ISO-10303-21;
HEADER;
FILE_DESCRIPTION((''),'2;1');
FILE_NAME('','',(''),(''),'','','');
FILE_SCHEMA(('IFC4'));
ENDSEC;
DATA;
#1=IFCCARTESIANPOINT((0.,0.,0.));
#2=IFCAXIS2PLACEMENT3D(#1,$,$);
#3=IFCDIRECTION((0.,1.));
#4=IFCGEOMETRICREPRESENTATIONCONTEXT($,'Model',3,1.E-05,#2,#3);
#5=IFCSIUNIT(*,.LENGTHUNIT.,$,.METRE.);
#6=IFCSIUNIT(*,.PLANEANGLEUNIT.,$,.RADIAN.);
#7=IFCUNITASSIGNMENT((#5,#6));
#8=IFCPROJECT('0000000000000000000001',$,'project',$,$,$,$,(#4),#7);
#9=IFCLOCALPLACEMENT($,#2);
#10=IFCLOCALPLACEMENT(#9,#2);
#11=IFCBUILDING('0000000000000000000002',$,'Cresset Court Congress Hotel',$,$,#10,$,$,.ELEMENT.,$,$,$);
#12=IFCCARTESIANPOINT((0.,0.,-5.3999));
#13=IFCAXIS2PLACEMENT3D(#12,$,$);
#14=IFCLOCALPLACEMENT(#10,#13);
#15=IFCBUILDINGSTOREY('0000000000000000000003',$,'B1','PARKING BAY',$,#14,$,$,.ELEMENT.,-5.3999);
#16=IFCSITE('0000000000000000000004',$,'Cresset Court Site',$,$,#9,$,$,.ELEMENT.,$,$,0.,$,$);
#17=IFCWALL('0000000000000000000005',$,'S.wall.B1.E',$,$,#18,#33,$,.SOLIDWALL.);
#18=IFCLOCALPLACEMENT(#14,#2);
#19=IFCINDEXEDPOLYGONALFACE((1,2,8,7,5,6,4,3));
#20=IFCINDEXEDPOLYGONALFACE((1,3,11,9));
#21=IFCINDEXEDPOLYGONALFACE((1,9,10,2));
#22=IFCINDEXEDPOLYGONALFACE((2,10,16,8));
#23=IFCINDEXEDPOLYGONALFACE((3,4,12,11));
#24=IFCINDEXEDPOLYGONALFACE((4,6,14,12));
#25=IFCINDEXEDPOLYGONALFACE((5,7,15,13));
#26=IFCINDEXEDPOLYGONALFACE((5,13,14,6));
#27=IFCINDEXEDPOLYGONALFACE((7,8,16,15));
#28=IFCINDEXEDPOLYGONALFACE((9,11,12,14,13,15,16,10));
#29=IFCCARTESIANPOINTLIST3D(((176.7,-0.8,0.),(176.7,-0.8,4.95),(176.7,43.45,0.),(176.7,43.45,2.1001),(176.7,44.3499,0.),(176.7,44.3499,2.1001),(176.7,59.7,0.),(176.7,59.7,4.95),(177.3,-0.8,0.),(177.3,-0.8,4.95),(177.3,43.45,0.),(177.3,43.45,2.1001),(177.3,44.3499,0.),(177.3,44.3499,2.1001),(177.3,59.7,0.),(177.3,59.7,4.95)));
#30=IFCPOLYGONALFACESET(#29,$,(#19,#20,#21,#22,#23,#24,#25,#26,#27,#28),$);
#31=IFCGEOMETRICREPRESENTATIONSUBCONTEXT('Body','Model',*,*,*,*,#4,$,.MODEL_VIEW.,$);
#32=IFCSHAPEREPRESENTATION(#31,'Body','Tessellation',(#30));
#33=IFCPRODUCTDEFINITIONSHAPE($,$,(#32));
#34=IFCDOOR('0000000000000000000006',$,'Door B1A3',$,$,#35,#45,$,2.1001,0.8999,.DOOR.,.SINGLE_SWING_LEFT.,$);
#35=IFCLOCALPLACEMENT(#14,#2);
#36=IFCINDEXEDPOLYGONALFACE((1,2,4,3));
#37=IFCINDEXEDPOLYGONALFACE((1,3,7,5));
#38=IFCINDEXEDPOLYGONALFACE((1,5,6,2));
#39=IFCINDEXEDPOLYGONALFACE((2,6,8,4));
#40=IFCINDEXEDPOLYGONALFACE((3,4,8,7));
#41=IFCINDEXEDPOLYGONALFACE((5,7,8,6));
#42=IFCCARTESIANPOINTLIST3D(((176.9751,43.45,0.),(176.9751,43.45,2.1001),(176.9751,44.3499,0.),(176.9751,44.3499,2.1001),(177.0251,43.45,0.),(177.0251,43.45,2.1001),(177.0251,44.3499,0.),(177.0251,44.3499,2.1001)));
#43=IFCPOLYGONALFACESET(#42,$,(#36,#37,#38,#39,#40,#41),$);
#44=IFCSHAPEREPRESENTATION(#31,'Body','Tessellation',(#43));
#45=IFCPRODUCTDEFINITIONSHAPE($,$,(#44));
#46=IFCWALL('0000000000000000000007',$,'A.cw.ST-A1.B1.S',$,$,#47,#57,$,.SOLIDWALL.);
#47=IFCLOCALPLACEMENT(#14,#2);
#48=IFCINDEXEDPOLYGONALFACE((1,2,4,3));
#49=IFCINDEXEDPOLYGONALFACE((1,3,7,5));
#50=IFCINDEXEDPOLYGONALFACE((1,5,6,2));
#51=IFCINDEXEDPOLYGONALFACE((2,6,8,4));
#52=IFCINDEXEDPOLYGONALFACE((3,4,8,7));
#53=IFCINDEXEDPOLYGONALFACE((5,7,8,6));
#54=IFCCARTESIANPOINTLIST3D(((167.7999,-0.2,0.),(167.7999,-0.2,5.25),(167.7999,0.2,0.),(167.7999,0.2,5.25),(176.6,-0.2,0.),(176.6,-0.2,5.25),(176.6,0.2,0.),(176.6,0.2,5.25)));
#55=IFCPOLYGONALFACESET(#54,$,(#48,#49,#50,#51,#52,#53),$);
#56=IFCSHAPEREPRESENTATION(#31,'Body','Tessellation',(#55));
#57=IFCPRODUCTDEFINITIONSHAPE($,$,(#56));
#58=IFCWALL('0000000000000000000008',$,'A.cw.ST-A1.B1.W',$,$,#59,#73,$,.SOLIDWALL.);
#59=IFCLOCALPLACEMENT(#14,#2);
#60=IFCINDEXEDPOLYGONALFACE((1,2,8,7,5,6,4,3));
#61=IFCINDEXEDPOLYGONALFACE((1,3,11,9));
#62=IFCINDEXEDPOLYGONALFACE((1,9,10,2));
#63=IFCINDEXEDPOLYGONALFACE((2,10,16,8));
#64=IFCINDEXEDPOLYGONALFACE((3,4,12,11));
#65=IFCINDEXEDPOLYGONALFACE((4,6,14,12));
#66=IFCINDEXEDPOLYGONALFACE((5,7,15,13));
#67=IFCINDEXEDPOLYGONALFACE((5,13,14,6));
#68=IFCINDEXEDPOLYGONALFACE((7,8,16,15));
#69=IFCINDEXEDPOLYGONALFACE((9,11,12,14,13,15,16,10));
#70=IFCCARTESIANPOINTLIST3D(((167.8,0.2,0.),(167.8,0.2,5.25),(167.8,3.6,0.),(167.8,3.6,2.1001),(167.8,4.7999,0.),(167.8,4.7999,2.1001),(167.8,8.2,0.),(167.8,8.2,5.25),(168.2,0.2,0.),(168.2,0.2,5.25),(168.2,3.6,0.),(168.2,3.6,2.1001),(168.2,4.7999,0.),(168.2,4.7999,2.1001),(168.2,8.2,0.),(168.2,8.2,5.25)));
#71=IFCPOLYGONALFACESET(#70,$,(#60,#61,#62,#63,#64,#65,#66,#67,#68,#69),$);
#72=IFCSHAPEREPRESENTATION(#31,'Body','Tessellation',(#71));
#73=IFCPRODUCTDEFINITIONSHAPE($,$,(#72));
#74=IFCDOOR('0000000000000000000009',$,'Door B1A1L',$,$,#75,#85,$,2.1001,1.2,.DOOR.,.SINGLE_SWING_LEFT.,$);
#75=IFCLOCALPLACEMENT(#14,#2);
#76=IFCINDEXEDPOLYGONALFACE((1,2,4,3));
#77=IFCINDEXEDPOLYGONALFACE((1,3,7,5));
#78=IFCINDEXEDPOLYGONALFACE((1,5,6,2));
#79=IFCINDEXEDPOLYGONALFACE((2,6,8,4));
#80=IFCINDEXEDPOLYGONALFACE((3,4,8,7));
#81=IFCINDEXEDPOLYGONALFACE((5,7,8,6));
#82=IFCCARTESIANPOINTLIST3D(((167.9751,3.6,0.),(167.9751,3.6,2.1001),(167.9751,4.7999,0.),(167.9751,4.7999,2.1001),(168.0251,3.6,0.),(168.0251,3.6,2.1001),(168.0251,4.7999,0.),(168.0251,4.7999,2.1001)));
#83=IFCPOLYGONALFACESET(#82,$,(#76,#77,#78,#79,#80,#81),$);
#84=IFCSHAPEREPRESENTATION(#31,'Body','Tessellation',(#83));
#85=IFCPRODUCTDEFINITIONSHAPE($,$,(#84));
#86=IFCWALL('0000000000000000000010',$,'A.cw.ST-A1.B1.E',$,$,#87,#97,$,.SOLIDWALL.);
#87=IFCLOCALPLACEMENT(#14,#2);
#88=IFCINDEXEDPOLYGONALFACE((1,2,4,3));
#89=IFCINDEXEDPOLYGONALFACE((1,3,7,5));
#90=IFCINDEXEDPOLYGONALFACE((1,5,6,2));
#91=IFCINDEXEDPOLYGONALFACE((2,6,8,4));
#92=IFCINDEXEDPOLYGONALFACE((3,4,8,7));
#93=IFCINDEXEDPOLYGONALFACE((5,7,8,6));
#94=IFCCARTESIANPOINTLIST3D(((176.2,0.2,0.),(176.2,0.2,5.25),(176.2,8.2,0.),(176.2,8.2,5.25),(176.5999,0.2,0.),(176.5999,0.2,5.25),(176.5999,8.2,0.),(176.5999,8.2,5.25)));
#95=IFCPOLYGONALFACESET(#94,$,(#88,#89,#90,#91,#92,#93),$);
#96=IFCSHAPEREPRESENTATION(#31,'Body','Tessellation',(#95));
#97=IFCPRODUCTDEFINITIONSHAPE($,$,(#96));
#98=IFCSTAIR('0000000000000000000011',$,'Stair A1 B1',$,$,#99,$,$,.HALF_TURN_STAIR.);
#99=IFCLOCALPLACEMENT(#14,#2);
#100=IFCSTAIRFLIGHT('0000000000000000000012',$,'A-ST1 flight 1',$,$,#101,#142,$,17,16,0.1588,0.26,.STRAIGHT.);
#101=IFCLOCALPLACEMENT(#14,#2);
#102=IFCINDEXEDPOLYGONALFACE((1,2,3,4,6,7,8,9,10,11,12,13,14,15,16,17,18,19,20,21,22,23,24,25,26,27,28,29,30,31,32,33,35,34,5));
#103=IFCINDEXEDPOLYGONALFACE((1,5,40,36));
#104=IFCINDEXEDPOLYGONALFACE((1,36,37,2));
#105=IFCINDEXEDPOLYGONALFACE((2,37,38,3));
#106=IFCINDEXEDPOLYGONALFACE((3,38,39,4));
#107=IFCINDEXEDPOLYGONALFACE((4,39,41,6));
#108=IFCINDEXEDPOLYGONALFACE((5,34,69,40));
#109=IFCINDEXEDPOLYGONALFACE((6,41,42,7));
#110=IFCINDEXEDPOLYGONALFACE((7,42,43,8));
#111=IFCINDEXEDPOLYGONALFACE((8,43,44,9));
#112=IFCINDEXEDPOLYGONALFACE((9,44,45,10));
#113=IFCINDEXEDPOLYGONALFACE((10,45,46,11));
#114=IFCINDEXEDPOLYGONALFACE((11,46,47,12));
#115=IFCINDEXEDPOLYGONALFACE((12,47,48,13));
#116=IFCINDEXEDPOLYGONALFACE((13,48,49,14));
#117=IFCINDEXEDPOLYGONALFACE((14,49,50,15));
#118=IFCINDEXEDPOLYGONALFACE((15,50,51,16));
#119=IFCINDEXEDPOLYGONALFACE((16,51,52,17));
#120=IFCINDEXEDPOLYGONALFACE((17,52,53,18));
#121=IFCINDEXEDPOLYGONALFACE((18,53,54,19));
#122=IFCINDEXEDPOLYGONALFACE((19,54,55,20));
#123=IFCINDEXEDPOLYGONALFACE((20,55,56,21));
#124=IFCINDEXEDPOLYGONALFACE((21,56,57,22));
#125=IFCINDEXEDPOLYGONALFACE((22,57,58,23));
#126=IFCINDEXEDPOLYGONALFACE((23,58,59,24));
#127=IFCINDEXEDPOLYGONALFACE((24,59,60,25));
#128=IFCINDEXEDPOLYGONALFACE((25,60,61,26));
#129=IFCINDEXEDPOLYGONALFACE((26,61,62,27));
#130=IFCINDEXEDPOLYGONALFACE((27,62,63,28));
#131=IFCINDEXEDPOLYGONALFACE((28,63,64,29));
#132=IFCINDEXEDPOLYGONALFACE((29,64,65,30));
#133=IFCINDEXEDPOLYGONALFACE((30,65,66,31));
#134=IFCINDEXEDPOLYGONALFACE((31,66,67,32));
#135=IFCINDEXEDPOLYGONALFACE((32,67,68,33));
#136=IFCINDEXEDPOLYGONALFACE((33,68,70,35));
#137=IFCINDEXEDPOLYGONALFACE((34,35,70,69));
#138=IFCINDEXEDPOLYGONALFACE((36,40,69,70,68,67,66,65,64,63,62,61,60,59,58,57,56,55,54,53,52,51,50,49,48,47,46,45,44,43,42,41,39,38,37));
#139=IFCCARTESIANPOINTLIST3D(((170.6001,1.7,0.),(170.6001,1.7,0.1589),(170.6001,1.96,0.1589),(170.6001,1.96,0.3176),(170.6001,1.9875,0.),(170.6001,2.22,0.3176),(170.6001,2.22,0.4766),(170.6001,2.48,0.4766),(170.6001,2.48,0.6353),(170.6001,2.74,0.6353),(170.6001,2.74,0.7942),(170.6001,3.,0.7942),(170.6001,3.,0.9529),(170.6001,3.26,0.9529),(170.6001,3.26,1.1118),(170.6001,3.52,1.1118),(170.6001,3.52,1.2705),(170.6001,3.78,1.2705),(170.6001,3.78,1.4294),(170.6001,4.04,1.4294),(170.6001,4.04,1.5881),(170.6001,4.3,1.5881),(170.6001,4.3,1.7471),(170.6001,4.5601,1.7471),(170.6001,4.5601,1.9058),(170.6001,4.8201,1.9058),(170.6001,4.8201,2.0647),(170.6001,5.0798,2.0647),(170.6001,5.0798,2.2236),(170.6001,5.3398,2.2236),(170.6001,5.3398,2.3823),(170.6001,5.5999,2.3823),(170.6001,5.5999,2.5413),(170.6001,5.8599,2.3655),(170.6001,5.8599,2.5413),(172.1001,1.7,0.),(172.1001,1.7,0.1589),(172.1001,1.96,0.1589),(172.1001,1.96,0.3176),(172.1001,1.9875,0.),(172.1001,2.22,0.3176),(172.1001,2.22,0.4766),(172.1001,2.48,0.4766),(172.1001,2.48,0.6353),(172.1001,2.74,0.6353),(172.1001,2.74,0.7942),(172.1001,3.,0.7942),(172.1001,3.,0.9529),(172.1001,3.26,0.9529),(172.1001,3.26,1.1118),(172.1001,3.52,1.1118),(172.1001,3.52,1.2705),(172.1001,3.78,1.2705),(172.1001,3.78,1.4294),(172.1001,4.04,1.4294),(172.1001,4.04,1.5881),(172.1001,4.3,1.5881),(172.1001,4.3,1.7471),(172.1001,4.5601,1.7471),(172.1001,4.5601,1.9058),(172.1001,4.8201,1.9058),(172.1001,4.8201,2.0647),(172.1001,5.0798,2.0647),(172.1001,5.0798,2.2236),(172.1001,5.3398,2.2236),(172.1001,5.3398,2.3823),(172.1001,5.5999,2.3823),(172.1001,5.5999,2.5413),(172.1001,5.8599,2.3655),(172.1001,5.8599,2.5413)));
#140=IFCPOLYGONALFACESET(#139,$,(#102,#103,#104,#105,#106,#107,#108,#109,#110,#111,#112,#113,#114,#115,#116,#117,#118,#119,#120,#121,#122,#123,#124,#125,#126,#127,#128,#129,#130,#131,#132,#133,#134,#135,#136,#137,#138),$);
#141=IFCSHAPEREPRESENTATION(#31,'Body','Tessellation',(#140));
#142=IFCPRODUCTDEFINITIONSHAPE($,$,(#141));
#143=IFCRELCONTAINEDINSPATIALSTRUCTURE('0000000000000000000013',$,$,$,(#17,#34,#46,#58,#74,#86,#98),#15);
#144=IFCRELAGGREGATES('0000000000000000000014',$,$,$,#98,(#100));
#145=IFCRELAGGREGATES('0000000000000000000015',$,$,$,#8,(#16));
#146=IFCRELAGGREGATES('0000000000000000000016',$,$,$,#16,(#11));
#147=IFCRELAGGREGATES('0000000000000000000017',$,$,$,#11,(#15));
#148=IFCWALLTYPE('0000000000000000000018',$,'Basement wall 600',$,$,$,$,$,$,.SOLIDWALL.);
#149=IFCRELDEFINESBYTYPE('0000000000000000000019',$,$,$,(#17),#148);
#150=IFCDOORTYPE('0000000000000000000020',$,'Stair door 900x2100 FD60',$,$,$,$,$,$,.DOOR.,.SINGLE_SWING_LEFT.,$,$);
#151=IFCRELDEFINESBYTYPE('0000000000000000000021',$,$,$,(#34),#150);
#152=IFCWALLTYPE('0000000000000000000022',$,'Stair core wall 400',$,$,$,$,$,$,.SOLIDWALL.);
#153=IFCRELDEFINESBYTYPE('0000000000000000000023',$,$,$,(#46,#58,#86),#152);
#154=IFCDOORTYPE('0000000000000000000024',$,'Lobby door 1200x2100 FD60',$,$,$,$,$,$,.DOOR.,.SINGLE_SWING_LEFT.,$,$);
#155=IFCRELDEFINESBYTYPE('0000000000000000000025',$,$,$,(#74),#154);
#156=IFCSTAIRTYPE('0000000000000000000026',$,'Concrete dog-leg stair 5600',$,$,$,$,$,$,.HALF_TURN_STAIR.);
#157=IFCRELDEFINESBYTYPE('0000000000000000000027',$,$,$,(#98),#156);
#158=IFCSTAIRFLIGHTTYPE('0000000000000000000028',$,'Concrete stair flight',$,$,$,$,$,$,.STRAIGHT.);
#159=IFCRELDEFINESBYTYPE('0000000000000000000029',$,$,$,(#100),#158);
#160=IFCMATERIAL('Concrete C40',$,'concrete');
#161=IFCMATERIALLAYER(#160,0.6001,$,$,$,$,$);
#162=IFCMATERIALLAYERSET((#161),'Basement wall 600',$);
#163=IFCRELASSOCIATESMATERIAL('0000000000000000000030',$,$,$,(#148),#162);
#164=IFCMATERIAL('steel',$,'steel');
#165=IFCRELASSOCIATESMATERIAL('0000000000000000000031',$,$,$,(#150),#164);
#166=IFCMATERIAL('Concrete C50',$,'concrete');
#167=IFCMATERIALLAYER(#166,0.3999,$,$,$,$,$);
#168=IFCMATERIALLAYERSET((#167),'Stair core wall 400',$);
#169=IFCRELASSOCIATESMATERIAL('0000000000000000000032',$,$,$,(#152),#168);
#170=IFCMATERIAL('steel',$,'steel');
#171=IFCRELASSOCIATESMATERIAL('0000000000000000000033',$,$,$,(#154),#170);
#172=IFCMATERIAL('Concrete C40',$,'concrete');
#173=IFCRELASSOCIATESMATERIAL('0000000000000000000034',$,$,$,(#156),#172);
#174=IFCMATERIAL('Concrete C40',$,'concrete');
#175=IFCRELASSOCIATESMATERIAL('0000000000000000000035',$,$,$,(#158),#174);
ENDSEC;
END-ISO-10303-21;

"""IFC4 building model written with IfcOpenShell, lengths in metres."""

from ifc_helpers import new_model, si_unit, direction, frame, frame_2d, origin, place, context, subcontext, project, spatial, polyline, rectangle, outline, extrude, material, layer, layer_set, type_object, element, fill, aggregate, save


model = new_model("IFC4")

# Units and contexts
model_context = context("Model", 3, precision=1e-05, world=origin(), true_north=direction((0.0, 1.0)))
body_context = subcontext(model_context, "Body", "Model", "MODEL_VIEW")
ifc_project = project(units=[si_unit("LENGTHUNIT", "METRE"), si_unit("PLANEANGLEUNIT", "RADIAN")], contexts=[model_context])

# Site, building, storey
site_placement = place(None, origin())
site = spatial("IfcSite", under=ifc_project, at=site_placement, Name="Cresset Court Site", CompositionType="ELEMENT", RefElevation=0.0)
building_placement = place(site_placement, origin())
building = spatial("IfcBuilding", under=site, at=building_placement, Name="Cresset Court Congress Hotel", CompositionType="ELEMENT")
storey_placement = place(building_placement, frame((0.0, 0.0, -5.3999)))
storey = spatial("IfcBuildingStorey", under=building, at=storey_placement, Name="B1", Description="PARKING BAY", CompositionType="ELEMENT", Elevation=-5.3999)

# Wall, opening, door
ifc_material_1 = material(Name="Concrete C40", Category="concrete")
ifc_layer_1 = layer(ifc_material_1, 0.6001)
ifc_layer_set_1 = layer_set([ifc_layer_1], Name="Basement wall 600")
wall_type_1 = type_object("IfcWallType", Name="Basement wall 600", PredefinedType="SOLIDWALL", material=ifc_layer_set_1)
wall_1_placement = place(storey_placement, frame((177.0, -0.8, 0.0), z_axis=(0.0, 0.0, 1.0), x_axis=(0.0, 1.0, 0.0)))
wall_1 = element("IfcWall", 1, at=wall_1_placement, inside=storey, type_object=wall_type_1, Name="S.wall.B1.E", PredefinedType="SOLIDWALL", context=body_context, shape_type="SweptSolid", body=[
    extrude(rectangle(XDim=60.5, YDim=0.6001, at=frame_2d((30.25, 0.0))), origin(), (0.0, 0.0, 1.0), 4.95),
])
opening_1_placement = place(wall_1_placement, frame((44.25, 0.0, 0.0)))
opening_1 = element("IfcOpeningElement", 2, at=opening_1_placement, cuts=wall_1, PredefinedType="OPENING", context=body_context, shape_type="SweptSolid", body=[
    extrude(rectangle(XDim=0.8999, YDim=2.1001, at=frame_2d((0.45, 1.05))), frame((0.0, 0.3101, 0.0), z_axis=(0.0, -1.0, 0.0), x_axis=(1.0, 0.0, 0.0)), (0.0, 0.0, 1.0), 0.6201),
])
ifc_material_2 = material(Name="steel", Category="steel")
door_type_1 = type_object("IfcDoorType", Name="Stair door 900x2100 FD60", OperationType="SINGLE_SWING_LEFT", PredefinedType="DOOR", material=ifc_material_2)
door_1_placement = place(opening_1_placement, origin())
door_1 = element("IfcDoor", 3, at=door_1_placement, inside=storey, type_object=door_type_1, Name="Door B1A3", OperationType="SINGLE_SWING_LEFT", OverallHeight=2.1001, OverallWidth=0.8999, PredefinedType="DOOR", context=body_context, shape_type="SweptSolid", body=[
    extrude(rectangle(XDim=0.8999, YDim=2.1001, at=frame_2d((0.45, 1.05))), frame((0.0, 0.0249, 0.0), z_axis=(0.0, -1.0, 0.0), x_axis=(1.0, 0.0, 0.0)), (0.0, 0.0, 1.0), 0.05),
])
fill(opening_1, door_1)

# Wall
ifc_material_3 = material(Name="Concrete C50", Category="concrete")
ifc_layer_2 = layer(ifc_material_3, 0.3999)
ifc_layer_set_2 = layer_set([ifc_layer_2], Name="Stair core wall 400")
wall_type_2 = type_object("IfcWallType", Name="Stair core wall 400", PredefinedType="SOLIDWALL", material=ifc_layer_set_2)
wall_2_placement = place(storey_placement, frame((167.8, 0.0, 0.0), z_axis=(0.0, 0.0, 1.0), x_axis=(1.0, 0.0, 0.0)))
element("IfcWall", 4, at=wall_2_placement, inside=storey, type_object=wall_type_2, Name="A.cw.ST-A1.B1.S", PredefinedType="SOLIDWALL", context=body_context, shape_type="SweptSolid", body=[
    extrude(rectangle(XDim=8.8, YDim=0.3999, at=frame_2d((4.3999, 0.0))), origin(), (0.0, 0.0, 1.0), 5.25),
])

# Wall, opening, door
wall_3_placement = place(storey_placement, frame((168.0, 0.2, 0.0), z_axis=(0.0, 0.0, 1.0), x_axis=(0.0, 1.0, 0.0)))
wall_3 = element("IfcWall", 5, at=wall_3_placement, inside=storey, type_object=wall_type_2, Name="A.cw.ST-A1.B1.W", PredefinedType="SOLIDWALL", context=body_context, shape_type="SweptSolid", body=[
    extrude(rectangle(XDim=8.0, YDim=0.3999, at=frame_2d((4.0, 0.0))), origin(), (0.0, 0.0, 1.0), 5.25),
])
opening_2_placement = place(wall_3_placement, frame((3.3999, 0.0, 0.0)))
opening_2 = element("IfcOpeningElement", 6, at=opening_2_placement, cuts=wall_3, PredefinedType="OPENING", context=body_context, shape_type="SweptSolid", body=[
    extrude(rectangle(XDim=1.2, YDim=2.1001, at=frame_2d((0.6001, 1.05))), frame((0.0, 0.21, 0.0), z_axis=(0.0, -1.0, 0.0), x_axis=(1.0, 0.0, 0.0)), (0.0, 0.0, 1.0), 0.4199),
])
ifc_material_4 = material(Name="steel", Category="steel")
door_type_2 = type_object("IfcDoorType", Name="Lobby door 1200x2100 FD60", OperationType="SINGLE_SWING_LEFT", PredefinedType="DOOR", material=ifc_material_4)
door_2_placement = place(opening_2_placement, origin())
door_2 = element("IfcDoor", 7, at=door_2_placement, inside=storey, type_object=door_type_2, Name="Door B1A1L", OperationType="SINGLE_SWING_LEFT", OverallHeight=2.1001, OverallWidth=1.2, PredefinedType="DOOR", context=body_context, shape_type="SweptSolid", body=[
    extrude(rectangle(XDim=1.2, YDim=2.1001, at=frame_2d((0.6001, 1.05))), frame((0.0, 0.0249, 0.0), z_axis=(0.0, -1.0, 0.0), x_axis=(1.0, 0.0, 0.0)), (0.0, 0.0, 1.0), 0.05),
])
fill(opening_2, door_2)

# Wall
wall_4_placement = place(storey_placement, frame((176.3999, 0.2, 0.0), z_axis=(0.0, 0.0, 1.0), x_axis=(0.0, 1.0, 0.0)))
element("IfcWall", 8, at=wall_4_placement, inside=storey, type_object=wall_type_2, Name="A.cw.ST-A1.B1.E", PredefinedType="SOLIDWALL", context=body_context, shape_type="SweptSolid", body=[
    extrude(rectangle(XDim=8.0, YDim=0.3999, at=frame_2d((4.0, 0.0))), origin(), (0.0, 0.0, 1.0), 5.25),
])

# Stair, stair flight
ifc_material_5 = material(Name="Concrete C40", Category="concrete")
stair_type = type_object("IfcStairType", Name="Concrete dog-leg stair 5600", PredefinedType="HALF_TURN_STAIR", material=ifc_material_5)
stair_placement = place(storey_placement, origin())
stair = element("IfcStair", 9, at=stair_placement, inside=storey, type_object=stair_type, Name="Stair A1 B1", PredefinedType="HALF_TURN_STAIR")
ifc_material_6 = material(Name="Concrete C40", Category="concrete")
stair_flight_type = type_object("IfcStairFlightType", Name="Concrete stair flight", PredefinedType="STRAIGHT", material=ifc_material_6)
stair_flight_1_placement = place(storey_placement, frame((171.3501, 1.7, 0.0), z_axis=(0.0, 0.0, 1.0), x_axis=(0.0, 1.0, 0.0)))
stair_flight_1 = element("IfcStairFlight", 10, at=stair_flight_1_placement, type_object=stair_flight_type, Name="A-ST1 flight 1", NumberOfRisers=17, NumberOfTreads=16, PredefinedType="STRAIGHT", RiserHeight=0.1588, TreadLength=0.26, context=body_context, shape_type="SweptSolid", body=[
    extrude(outline(polyline([(0.0, 0.0), (0.0, 0.1589), (0.26, 0.1589), (0.26, 0.3176), (0.52, 0.3176), (0.52, 0.4766), (0.78, 0.4766), (0.78, 0.6353), (1.04, 0.6353), (1.04, 0.7942), (1.3, 0.7942), (1.3, 0.9529), (1.5601, 0.9529), (1.5601, 1.1118), (1.8201, 1.1118), (1.8201, 1.2705), (2.0801, 1.2705), (2.0801, 1.4294), (2.3401, 1.4294), (2.3401, 1.5881), (2.6001, 1.5881), (2.6001, 1.7471), (2.8601, 1.7471), (2.8601, 1.9058), (3.1201, 1.9058), (3.1201, 2.0647), (3.3799, 2.0647), (3.3799, 2.2236), (3.6399, 2.2236), (3.6399, 2.3823), (3.8999, 2.3823), (3.8999, 2.5413), (4.1599, 2.5413), (4.1599, 2.7), (4.1599, 2.3655), (0.2876, 0.0), (0.0, 0.0)])), frame((0.0, 0.75, 0.0), z_axis=(0.0, -1.0, 0.0), x_axis=(1.0, 0.0, 0.0)), (0.0, 0.0, 1.0), 1.5),
])
aggregate(stair, [stair_flight_1])

save(model, "model.ifc")
